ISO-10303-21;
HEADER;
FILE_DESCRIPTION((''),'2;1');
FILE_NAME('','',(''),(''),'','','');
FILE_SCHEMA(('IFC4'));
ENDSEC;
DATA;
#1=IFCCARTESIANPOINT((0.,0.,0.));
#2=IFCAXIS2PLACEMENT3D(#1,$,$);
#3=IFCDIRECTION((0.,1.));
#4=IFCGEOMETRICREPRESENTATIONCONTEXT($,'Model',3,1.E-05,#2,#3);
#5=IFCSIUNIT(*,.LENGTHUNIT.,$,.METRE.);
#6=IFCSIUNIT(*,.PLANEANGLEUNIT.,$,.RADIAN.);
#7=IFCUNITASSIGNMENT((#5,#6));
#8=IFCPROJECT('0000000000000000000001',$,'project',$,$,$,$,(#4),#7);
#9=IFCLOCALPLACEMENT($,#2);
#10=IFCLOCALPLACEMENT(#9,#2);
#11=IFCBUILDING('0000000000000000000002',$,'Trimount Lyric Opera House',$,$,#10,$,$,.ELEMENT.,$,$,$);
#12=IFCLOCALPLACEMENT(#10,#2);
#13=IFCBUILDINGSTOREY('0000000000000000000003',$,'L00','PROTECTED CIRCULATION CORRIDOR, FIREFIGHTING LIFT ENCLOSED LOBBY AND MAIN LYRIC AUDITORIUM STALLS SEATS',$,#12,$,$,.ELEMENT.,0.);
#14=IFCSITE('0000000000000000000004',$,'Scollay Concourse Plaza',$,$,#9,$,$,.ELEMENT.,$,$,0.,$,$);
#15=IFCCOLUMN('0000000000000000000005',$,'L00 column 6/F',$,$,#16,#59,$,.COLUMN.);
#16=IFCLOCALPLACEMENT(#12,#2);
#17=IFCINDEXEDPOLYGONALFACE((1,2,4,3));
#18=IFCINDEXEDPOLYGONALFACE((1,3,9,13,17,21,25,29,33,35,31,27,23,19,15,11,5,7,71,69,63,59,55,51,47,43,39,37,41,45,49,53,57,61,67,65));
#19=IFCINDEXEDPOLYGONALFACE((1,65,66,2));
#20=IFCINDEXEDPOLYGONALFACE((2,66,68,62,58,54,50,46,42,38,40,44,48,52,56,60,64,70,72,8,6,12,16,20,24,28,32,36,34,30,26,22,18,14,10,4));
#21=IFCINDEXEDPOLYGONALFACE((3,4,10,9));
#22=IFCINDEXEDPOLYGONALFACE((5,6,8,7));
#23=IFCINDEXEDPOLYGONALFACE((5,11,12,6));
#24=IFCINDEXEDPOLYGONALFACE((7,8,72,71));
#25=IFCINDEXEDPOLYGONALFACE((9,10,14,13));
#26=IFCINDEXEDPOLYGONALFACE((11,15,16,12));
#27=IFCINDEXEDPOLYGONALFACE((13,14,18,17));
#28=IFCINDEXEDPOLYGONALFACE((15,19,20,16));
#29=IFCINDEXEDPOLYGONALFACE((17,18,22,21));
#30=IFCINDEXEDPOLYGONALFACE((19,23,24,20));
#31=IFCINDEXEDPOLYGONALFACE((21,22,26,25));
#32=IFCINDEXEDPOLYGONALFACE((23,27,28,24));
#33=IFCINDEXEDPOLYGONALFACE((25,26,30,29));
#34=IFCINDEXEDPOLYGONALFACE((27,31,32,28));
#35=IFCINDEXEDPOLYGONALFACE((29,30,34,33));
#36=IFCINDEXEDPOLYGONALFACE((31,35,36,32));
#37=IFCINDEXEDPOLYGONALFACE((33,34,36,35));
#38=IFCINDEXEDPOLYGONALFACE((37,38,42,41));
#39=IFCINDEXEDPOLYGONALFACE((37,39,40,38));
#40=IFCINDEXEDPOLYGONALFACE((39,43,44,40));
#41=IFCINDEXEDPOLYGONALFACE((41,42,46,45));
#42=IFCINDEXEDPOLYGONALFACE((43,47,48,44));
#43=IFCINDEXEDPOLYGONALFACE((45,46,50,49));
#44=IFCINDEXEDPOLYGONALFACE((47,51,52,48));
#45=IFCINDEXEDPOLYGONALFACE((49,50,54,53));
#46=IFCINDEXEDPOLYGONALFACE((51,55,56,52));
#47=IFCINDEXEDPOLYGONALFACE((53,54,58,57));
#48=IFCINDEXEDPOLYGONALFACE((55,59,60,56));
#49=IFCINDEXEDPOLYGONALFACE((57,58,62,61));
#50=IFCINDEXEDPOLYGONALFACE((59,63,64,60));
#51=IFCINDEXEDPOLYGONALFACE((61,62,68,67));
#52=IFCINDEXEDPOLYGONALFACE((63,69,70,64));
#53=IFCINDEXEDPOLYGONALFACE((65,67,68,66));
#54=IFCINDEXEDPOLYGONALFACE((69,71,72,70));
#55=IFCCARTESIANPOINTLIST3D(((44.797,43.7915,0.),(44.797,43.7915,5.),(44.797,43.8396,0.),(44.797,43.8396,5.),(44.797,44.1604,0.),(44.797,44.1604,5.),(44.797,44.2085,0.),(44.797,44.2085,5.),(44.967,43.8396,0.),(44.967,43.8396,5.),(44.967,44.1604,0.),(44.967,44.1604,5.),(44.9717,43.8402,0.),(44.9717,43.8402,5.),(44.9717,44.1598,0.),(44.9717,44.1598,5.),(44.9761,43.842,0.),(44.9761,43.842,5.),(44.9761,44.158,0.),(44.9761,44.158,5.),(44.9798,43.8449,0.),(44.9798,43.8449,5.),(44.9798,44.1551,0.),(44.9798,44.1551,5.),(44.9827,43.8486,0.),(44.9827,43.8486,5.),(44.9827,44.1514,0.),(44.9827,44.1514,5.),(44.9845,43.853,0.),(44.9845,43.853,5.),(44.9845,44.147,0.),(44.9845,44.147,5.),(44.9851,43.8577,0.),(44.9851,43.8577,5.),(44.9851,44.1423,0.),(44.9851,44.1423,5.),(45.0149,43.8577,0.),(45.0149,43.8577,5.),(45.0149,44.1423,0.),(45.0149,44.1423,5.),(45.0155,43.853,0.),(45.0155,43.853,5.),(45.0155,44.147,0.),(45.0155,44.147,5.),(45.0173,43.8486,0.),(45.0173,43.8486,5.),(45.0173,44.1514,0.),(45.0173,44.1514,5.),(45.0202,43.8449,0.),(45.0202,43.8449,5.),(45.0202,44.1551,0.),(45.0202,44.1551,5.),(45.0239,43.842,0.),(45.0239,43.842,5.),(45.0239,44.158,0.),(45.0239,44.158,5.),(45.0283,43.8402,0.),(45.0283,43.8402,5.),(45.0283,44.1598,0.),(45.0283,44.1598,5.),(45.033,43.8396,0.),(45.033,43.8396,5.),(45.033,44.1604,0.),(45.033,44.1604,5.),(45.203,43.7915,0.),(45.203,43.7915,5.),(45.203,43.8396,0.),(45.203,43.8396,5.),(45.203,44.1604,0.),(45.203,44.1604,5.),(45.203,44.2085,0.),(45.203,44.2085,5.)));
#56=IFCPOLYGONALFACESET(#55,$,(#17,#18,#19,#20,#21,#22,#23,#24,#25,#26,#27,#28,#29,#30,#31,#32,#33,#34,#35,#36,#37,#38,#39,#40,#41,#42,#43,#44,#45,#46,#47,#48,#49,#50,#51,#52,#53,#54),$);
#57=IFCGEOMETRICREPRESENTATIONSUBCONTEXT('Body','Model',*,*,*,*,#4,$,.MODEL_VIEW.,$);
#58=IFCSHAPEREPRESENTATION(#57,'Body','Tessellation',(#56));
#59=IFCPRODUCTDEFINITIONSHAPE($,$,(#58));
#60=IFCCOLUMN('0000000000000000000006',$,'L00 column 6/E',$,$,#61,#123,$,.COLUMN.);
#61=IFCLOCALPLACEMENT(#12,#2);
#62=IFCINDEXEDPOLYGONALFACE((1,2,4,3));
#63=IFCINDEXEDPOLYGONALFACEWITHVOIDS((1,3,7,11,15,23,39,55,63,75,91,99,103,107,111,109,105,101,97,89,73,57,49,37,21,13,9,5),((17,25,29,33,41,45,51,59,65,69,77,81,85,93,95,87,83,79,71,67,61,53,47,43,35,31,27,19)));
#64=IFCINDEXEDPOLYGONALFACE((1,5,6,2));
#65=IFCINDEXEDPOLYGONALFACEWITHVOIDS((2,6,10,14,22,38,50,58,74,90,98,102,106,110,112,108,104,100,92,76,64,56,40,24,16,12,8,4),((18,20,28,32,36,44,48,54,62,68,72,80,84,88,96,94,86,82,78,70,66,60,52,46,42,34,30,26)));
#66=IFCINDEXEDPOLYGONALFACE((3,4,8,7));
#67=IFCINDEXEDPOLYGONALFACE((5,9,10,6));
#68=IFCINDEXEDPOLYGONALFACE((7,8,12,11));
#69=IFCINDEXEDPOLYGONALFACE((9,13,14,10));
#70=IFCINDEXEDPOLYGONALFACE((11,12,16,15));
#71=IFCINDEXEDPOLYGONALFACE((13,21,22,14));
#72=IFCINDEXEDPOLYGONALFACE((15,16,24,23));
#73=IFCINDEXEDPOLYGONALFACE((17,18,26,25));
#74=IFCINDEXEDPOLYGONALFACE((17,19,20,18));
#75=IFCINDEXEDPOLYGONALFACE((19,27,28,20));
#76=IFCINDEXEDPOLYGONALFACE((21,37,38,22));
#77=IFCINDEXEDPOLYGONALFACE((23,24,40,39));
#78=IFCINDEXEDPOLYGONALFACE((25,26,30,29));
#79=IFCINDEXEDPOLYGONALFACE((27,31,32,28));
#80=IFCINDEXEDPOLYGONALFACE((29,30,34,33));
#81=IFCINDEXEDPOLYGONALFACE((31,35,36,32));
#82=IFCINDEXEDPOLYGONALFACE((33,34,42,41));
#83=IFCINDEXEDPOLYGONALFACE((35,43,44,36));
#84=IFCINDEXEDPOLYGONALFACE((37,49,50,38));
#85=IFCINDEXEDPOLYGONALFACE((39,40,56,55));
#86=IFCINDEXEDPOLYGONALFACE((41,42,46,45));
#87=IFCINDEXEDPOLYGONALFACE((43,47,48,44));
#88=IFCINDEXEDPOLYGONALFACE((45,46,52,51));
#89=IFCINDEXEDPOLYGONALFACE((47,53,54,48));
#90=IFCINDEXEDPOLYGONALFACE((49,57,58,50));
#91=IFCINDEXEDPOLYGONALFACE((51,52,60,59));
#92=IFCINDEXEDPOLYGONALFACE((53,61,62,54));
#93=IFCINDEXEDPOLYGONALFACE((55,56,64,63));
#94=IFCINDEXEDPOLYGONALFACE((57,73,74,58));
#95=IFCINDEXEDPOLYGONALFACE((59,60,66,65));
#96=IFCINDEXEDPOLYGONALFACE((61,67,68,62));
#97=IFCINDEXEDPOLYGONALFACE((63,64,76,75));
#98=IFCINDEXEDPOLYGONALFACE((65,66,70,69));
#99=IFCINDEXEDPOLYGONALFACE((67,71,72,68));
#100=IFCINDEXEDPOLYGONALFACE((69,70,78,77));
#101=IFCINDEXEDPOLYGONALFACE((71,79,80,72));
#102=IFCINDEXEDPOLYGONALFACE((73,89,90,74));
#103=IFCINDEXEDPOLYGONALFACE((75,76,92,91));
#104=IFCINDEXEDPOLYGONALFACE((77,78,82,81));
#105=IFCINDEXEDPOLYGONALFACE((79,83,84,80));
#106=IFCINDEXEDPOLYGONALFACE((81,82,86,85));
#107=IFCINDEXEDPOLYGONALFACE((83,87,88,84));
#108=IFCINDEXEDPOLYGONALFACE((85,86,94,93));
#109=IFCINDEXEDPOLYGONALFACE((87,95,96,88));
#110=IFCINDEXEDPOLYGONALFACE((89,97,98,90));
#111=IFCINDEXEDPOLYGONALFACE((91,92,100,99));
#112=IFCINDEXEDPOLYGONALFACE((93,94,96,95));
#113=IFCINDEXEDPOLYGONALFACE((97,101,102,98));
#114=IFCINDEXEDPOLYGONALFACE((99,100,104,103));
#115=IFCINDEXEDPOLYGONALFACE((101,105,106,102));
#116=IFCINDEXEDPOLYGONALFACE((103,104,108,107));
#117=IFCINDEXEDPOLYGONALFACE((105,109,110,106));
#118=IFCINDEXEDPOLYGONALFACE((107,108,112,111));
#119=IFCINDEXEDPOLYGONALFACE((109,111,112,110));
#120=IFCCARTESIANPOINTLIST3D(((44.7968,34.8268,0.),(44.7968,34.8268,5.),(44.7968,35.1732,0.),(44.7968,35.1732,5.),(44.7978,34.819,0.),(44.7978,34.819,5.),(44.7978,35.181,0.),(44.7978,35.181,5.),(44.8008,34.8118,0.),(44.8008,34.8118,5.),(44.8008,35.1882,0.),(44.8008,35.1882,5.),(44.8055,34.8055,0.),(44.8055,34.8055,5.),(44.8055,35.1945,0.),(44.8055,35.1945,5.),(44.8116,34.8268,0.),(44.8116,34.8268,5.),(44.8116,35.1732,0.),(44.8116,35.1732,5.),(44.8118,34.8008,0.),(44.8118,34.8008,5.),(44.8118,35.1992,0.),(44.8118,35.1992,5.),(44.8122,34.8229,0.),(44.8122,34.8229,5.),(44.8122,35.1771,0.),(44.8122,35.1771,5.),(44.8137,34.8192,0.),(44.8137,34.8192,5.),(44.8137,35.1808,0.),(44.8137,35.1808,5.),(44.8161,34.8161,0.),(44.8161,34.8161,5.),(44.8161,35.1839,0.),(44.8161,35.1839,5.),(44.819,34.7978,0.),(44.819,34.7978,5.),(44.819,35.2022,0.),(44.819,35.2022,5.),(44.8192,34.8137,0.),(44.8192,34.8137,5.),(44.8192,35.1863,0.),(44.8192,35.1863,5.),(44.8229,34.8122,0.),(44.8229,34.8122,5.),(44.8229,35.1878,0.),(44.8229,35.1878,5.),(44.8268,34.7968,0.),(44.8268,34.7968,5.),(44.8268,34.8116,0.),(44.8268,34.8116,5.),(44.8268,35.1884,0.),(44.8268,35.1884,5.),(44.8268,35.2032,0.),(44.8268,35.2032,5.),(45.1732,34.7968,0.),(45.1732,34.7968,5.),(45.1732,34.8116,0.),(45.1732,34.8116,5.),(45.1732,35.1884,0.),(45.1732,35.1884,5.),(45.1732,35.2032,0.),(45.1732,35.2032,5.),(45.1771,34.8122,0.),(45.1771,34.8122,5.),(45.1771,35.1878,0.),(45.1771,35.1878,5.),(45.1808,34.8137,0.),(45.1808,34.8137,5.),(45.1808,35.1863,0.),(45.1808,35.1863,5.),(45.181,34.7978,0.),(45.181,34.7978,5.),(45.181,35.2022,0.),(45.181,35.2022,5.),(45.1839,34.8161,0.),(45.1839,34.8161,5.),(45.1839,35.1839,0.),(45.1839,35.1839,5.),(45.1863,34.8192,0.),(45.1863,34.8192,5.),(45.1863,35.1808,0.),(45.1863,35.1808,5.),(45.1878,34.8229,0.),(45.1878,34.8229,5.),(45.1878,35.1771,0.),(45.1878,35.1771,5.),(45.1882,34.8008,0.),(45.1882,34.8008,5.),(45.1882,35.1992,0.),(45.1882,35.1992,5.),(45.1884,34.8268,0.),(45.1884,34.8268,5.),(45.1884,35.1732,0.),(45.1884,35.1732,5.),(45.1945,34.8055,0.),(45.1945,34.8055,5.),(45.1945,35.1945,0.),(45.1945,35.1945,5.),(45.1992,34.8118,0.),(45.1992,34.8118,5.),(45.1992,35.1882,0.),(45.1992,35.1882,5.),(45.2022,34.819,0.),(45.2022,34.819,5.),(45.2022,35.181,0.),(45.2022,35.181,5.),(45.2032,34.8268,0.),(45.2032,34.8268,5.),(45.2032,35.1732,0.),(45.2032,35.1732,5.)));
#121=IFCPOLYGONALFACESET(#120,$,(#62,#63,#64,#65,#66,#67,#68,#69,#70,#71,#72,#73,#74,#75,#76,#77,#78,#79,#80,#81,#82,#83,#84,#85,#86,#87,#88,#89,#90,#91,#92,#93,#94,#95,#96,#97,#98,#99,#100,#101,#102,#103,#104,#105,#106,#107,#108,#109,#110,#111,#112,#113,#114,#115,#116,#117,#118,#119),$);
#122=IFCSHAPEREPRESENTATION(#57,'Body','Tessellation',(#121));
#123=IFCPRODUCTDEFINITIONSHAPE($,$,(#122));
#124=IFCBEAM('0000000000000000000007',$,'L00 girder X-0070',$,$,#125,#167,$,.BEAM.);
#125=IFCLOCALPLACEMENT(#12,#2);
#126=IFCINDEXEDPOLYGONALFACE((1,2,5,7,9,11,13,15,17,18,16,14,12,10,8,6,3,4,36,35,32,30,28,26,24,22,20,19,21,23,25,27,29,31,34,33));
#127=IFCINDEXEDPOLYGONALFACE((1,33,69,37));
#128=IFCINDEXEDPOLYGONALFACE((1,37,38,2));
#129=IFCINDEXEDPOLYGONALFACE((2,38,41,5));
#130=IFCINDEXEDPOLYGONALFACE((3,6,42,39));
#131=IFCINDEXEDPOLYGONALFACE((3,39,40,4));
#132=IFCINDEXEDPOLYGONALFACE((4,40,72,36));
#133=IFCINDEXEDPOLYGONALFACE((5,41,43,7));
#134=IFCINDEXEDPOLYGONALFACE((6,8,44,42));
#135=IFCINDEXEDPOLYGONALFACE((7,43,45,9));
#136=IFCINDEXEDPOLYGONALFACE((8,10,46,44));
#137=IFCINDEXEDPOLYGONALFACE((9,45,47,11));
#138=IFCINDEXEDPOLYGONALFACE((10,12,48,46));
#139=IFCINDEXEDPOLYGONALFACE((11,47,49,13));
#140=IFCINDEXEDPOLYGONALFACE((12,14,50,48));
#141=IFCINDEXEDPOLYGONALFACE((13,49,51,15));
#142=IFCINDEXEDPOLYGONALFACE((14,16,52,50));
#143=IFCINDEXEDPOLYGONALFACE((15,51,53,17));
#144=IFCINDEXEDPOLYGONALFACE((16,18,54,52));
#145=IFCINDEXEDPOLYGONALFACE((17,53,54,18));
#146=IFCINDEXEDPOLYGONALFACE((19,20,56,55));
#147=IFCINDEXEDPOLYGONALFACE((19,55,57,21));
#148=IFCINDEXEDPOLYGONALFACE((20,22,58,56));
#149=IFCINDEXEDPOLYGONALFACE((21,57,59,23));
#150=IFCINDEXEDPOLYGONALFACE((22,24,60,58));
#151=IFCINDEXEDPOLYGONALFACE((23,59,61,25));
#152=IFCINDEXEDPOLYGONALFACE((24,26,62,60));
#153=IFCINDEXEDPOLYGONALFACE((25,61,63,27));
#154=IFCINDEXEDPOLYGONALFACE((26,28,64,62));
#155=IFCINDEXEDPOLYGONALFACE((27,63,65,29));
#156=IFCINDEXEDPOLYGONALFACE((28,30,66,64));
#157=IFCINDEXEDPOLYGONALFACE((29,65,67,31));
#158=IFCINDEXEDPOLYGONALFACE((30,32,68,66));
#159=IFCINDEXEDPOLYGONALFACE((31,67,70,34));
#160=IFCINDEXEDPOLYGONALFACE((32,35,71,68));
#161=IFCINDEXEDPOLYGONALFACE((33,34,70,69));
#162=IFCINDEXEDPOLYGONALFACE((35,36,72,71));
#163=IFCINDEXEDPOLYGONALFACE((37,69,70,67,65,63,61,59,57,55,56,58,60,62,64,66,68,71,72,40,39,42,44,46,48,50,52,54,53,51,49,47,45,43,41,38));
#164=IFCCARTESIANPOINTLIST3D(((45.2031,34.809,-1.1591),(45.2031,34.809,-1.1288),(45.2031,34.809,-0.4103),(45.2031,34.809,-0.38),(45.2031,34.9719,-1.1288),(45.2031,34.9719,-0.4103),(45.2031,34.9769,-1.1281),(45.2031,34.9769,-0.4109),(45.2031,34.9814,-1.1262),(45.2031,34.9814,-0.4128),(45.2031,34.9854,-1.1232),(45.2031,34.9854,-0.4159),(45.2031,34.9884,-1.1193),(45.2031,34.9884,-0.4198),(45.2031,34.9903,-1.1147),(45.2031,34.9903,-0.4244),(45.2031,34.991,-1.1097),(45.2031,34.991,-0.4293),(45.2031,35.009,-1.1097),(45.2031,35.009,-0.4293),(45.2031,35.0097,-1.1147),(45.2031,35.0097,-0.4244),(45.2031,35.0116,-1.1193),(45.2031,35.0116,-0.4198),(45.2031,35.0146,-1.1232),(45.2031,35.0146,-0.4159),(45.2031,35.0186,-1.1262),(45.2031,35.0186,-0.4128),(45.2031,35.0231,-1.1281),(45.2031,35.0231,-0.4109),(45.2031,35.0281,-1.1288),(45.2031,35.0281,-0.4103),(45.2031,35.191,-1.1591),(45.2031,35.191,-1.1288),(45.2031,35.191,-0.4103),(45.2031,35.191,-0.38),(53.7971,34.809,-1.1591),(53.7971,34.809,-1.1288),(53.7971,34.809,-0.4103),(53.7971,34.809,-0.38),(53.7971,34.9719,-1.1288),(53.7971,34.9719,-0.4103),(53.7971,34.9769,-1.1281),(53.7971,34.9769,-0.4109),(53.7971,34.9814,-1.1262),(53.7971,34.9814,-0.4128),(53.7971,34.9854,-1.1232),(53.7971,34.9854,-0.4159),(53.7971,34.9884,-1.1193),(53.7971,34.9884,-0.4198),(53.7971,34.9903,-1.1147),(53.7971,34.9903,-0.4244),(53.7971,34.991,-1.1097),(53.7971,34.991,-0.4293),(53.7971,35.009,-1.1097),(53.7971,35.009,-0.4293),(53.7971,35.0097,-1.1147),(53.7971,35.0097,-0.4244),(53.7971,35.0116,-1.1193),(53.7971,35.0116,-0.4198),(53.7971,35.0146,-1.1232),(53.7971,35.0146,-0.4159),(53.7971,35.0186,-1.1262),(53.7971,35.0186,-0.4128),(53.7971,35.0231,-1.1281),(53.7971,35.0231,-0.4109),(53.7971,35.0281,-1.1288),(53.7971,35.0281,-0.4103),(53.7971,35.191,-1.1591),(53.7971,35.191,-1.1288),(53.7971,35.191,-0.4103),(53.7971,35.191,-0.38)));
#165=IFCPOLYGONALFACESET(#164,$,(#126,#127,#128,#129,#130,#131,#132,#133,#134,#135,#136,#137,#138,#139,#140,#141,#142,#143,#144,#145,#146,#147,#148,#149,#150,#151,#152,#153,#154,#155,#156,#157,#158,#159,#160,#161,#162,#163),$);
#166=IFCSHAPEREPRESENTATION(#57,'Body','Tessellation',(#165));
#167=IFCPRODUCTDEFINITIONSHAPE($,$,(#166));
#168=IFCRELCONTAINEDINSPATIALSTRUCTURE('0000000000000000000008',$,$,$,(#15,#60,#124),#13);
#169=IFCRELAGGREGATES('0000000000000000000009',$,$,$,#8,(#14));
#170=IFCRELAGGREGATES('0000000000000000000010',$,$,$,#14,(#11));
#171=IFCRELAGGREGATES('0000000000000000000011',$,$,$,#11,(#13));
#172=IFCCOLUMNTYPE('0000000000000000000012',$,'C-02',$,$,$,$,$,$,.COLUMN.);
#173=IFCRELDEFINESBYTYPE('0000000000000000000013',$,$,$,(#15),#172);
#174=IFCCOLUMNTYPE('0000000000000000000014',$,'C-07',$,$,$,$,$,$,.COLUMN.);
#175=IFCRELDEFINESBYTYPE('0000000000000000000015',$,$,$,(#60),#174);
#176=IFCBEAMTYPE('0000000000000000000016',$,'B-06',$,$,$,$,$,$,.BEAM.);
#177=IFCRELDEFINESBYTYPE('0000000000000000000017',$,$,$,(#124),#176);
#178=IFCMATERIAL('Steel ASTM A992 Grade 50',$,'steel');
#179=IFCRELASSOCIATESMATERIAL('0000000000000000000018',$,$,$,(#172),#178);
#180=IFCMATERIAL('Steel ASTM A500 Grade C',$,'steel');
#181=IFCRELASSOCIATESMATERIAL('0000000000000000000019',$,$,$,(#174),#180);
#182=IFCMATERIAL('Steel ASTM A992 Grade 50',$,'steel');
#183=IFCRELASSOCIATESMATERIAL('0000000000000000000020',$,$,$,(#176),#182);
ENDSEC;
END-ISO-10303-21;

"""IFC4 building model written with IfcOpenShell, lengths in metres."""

from ifc_helpers import new_model, si_unit, direction, frame, origin, origin_2d, place, context, subcontext, project, spatial, hollow_rectangle, i_section, extrude, material, material_profile, profile_set, type_object, element, save


model = new_model("IFC4")

# Units and contexts
model_context = context("Model", 3, precision=1e-05, world=origin(), true_north=direction((0.0, 1.0)))
body_context = subcontext(model_context, "Body", "Model", "MODEL_VIEW")
ifc_project = project(units=[si_unit("LENGTHUNIT", "METRE"), si_unit("PLANEANGLEUNIT", "RADIAN")], contexts=[model_context])

# Site, building, storey
site_placement = place(None, origin())
site = spatial("IfcSite", under=ifc_project, at=site_placement, Name="Scollay Concourse Plaza", CompositionType="ELEMENT", RefElevation=0.0)
building_placement = place(site_placement, origin())
building = spatial("IfcBuilding", under=site, at=building_placement, Name="Trimount Lyric Opera House", CompositionType="ELEMENT")
storey_placement = place(building_placement, origin())
storey = spatial("IfcBuildingStorey", under=building, at=storey_placement, Name="L00", Description="PROTECTED CIRCULATION CORRIDOR, FIREFIGHTING LIFT ENCLOSED LOBBY AND MAIN LYRIC AUDITORIUM STALLS SEATS", CompositionType="ELEMENT", Elevation=0.0)

# Columns
ifc_material_1 = material(Name="Steel ASTM A992 Grade 50", Category="steel")
ifc_material_profile_1 = material_profile(ifc_material_1, i_section(OverallWidth=0.406, OverallDepth=0.417, WebThickness=0.0298, FlangeThickness=0.0481, FilletRadius=0.0181, at=origin_2d()), Name="W14X257")
ifc_profile_set_1 = profile_set([ifc_material_profile_1], Name="Steel ASTM A992 Grade 50")
column_type_1 = type_object("IfcColumnType", Name="C-02", PredefinedType="COLUMN", material=ifc_profile_set_1)
column_1_placement = place(storey_placement, frame((45.0, 44.0, 0.0), z_axis=(0.0, 0.0, 1.0), x_axis=(1.0, 0.0, 0.0)))
element("IfcColumn", 1, at=column_1_placement, inside=storey, type_object=column_type_1, Name="L00 column 6/F", PredefinedType="COLUMN", context=body_context, shape_type="SweptSolid", body=[
    extrude(i_section(OverallWidth=0.406, OverallDepth=0.417, WebThickness=0.0298, FlangeThickness=0.0481, FilletRadius=0.0181, at=origin_2d()), origin(), (0.0, 0.0, 1.0), 5.0),
])
ifc_material_2 = material(Name="Steel ASTM A500 Grade C", Category="steel")
ifc_material_profile_2 = material_profile(ifc_material_2, hollow_rectangle(XDim=0.4065, YDim=0.4065, WallThickness=0.0149, InnerFilletRadius=0.0151, OuterFilletRadius=0.03, at=origin_2d()), Name="HSS406.4X406.4X15.9")
ifc_profile_set_2 = profile_set([ifc_material_profile_2], Name="Steel ASTM A500 Grade C")
column_type_2 = type_object("IfcColumnType", Name="C-07", PredefinedType="COLUMN", material=ifc_profile_set_2)
column_2_placement = place(storey_placement, frame((45.0, 35.0, 0.0), z_axis=(0.0, 0.0, 1.0), x_axis=(1.0, 0.0, 0.0)))
element("IfcColumn", 2, at=column_2_placement, inside=storey, type_object=column_type_2, Name="L00 column 6/E", PredefinedType="COLUMN", context=body_context, shape_type="SweptSolid", body=[
    extrude(hollow_rectangle(XDim=0.4065, YDim=0.4065, WallThickness=0.0149, InnerFilletRadius=0.0151, OuterFilletRadius=0.03, at=origin_2d()), origin(), (0.0, 0.0, 1.0), 5.0),
])

# Beam
ifc_material_3 = material(Name="Steel ASTM A992 Grade 50", Category="steel")
ifc_material_profile_3 = material_profile(ifc_material_3, i_section(OverallWidth=0.3821, OverallDepth=0.7791, WebThickness=0.0181, FlangeThickness=0.0303, FilletRadius=0.019, at=origin_2d()), Name="W30X191")
ifc_profile_set_3 = profile_set([ifc_material_profile_3], Name="Steel ASTM A992 Grade 50")
beam_type_1 = type_object("IfcBeamType", Name="B-06", PredefinedType="BEAM", material=ifc_profile_set_3)
beam_1_placement = place(storey_placement, frame((45.2031, 35.0, -0.7695), z_axis=(1.0, 0.0, 0.0), x_axis=(0.0, 1.0, 0.0)))
element("IfcBeam", 3, at=beam_1_placement, inside=storey, type_object=beam_type_1, Name="L00 girder X-0070", PredefinedType="BEAM", context=body_context, shape_type="SweptSolid", body=[
    extrude(i_section(OverallWidth=0.3821, OverallDepth=0.7791, WebThickness=0.0181, FlangeThickness=0.0303, FilletRadius=0.019, at=origin_2d()), origin(), (0.0, 0.0, 1.0), 8.594),
])

save(model, "model.ifc")
